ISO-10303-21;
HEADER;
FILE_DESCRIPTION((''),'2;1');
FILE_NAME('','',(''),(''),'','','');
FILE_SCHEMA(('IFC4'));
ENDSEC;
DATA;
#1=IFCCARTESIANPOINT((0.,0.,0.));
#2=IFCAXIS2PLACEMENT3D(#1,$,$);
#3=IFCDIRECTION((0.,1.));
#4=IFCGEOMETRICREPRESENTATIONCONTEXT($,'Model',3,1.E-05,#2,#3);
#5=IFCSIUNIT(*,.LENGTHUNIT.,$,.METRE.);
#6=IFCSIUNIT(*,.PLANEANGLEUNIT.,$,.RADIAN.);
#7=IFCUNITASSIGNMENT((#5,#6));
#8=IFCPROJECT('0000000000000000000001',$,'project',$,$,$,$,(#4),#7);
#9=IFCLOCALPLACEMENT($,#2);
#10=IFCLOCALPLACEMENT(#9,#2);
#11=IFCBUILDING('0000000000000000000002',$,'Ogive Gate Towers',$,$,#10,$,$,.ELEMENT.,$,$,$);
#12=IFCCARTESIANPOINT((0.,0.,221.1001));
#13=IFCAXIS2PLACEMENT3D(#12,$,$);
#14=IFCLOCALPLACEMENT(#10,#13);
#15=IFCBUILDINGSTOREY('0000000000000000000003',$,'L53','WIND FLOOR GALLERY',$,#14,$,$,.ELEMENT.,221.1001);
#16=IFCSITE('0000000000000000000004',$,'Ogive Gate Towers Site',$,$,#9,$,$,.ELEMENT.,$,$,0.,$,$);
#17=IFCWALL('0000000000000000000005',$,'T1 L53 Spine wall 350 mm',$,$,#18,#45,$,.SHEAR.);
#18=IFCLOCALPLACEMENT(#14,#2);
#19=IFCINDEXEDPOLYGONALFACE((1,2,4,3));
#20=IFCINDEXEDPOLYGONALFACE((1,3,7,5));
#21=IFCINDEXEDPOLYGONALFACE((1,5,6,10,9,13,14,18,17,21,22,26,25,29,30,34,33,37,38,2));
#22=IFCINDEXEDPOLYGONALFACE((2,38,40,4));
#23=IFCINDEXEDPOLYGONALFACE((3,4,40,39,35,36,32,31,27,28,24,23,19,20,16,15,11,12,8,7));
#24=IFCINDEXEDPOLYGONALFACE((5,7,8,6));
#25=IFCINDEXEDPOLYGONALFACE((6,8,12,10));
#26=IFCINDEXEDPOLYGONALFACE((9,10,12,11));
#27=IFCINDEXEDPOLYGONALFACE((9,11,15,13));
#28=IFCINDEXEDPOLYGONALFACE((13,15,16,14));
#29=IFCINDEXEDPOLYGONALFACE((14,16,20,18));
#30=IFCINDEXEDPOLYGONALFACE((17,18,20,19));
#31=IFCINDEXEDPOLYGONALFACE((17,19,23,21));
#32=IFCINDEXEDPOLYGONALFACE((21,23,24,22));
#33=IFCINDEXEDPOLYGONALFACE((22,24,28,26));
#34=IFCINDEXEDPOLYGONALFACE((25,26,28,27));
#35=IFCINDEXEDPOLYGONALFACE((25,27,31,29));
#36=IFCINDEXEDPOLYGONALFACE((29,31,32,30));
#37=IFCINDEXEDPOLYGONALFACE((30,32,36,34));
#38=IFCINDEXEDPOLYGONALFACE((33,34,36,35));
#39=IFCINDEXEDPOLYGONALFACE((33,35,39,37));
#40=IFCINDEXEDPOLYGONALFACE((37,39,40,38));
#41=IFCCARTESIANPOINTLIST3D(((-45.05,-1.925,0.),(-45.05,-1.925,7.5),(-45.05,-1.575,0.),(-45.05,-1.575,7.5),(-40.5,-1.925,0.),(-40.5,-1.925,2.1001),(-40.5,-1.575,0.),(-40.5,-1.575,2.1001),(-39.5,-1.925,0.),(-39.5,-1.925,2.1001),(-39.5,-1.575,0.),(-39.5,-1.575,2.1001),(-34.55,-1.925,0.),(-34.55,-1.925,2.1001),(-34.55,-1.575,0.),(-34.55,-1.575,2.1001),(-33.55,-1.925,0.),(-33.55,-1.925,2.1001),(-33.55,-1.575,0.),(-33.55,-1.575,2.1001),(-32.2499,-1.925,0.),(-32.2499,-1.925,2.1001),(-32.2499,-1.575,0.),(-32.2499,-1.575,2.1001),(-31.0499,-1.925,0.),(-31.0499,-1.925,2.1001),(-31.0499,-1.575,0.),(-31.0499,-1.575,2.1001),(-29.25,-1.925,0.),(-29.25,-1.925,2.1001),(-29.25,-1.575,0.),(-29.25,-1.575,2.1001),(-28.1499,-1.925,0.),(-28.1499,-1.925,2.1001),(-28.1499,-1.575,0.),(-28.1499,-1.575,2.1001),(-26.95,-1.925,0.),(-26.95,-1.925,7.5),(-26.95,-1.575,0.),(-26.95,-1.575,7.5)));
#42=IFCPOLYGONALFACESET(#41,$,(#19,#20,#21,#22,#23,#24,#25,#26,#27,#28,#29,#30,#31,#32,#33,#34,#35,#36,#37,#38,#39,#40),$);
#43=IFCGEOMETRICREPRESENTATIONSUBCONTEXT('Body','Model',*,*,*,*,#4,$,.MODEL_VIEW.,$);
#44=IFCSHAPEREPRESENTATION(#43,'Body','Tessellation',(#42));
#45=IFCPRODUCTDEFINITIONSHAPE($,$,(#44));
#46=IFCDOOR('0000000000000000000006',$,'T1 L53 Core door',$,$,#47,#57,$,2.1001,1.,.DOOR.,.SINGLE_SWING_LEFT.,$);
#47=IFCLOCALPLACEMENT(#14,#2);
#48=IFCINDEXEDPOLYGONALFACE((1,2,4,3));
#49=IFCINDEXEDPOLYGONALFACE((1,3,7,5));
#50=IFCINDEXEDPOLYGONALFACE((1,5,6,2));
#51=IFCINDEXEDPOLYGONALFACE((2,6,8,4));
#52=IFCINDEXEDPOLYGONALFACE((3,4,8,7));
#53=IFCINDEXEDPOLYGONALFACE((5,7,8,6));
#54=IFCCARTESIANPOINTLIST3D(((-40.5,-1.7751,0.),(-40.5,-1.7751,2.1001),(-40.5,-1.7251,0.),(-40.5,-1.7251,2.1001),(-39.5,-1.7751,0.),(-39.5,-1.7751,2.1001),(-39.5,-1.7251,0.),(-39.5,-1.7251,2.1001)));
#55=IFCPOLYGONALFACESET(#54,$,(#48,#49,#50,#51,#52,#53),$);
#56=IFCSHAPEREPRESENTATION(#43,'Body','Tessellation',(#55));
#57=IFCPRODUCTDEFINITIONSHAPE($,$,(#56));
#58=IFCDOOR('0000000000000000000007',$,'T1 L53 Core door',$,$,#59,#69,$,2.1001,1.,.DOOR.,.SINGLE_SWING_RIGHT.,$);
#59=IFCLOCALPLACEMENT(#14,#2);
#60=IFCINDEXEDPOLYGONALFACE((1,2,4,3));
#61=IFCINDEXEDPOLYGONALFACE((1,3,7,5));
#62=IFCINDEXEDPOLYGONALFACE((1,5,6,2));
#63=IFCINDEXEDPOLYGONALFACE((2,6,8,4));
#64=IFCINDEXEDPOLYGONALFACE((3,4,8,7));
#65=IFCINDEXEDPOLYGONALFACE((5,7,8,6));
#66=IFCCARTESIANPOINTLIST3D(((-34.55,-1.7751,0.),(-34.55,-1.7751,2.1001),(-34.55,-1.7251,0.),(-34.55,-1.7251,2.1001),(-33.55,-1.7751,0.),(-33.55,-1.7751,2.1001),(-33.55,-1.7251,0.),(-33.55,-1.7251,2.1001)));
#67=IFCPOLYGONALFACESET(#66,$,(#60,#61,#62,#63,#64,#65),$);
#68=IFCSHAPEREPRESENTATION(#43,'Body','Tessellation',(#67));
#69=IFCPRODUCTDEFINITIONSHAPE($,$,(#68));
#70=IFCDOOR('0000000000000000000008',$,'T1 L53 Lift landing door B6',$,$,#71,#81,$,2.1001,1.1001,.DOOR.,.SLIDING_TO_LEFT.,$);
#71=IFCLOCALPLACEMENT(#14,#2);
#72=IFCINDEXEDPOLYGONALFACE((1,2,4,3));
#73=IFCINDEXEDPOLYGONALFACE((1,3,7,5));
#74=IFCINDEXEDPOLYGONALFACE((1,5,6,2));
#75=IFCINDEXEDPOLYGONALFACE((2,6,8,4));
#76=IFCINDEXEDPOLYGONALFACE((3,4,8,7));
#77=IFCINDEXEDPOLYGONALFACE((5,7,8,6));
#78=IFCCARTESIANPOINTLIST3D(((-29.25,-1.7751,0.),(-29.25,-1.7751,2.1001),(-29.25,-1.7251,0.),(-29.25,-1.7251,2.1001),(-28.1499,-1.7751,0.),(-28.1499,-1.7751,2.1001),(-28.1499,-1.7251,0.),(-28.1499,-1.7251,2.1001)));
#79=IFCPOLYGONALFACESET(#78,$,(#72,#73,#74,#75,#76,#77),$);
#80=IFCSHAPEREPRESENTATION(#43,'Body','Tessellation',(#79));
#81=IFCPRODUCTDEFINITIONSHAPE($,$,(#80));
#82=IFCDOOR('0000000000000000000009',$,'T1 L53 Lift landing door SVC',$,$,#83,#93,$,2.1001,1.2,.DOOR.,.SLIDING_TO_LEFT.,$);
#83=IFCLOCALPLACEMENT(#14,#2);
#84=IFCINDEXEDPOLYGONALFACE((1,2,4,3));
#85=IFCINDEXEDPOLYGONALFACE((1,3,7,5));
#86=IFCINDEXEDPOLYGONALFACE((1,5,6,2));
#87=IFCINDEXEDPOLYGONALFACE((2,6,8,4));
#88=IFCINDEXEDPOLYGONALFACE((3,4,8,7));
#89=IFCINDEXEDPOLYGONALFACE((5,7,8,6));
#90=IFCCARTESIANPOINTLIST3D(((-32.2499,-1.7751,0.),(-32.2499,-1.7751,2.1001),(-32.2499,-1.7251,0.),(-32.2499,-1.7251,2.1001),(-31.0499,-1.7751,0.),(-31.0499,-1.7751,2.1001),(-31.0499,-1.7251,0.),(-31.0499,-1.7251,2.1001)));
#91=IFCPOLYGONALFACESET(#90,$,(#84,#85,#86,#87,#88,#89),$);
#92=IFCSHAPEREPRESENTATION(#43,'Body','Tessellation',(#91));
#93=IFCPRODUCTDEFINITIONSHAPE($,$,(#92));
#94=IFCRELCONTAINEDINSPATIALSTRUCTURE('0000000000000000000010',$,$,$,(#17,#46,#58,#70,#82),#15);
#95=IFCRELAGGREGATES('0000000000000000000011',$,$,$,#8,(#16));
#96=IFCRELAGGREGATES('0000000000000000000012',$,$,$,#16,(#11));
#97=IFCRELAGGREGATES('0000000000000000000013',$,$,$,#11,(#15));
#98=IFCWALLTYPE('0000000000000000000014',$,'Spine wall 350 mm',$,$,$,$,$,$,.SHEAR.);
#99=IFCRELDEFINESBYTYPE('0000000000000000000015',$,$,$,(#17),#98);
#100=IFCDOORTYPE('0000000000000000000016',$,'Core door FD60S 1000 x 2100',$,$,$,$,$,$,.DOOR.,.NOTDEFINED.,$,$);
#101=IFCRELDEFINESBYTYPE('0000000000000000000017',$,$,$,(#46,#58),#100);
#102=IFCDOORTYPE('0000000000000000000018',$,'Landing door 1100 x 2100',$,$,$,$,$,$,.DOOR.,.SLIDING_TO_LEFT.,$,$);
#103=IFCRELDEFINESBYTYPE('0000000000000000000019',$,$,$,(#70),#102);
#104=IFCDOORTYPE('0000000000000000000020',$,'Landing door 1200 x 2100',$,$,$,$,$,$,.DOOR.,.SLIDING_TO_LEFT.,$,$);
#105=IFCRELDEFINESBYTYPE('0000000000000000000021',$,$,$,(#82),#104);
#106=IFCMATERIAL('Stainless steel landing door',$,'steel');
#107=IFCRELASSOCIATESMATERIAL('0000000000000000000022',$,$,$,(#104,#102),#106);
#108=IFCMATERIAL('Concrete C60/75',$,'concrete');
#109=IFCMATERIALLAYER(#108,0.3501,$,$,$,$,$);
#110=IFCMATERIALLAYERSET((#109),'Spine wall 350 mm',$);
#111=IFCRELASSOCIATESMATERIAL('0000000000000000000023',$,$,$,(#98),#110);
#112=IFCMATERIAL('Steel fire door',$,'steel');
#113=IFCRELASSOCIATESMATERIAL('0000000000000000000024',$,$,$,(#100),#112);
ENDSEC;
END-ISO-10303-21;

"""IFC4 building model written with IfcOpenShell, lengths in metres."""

from ifc_helpers import new_model, si_unit, direction, frame, frame_2d, origin, place, context, subcontext, project, spatial, rectangle, extrude, material, layer, layer_set, type_object, element, fill, save


model = new_model("IFC4")

# Units and contexts
model_context = context("Model", 3, precision=1e-05, world=origin(), true_north=direction((0.0, 1.0)))
body_context = subcontext(model_context, "Body", "Model", "MODEL_VIEW")
ifc_project = project(units=[si_unit("LENGTHUNIT", "METRE"), si_unit("PLANEANGLEUNIT", "RADIAN")], contexts=[model_context])

# Site, building, storey
site_placement = place(None, origin())
site = spatial("IfcSite", under=ifc_project, at=site_placement, Name="Ogive Gate Towers Site", CompositionType="ELEMENT", RefElevation=0.0)
building_placement = place(site_placement, origin())
building = spatial("IfcBuilding", under=site, at=building_placement, Name="Ogive Gate Towers", CompositionType="ELEMENT")
storey_placement = place(building_placement, frame((0.0, 0.0, 221.1001)))
storey = spatial("IfcBuildingStorey", under=building, at=storey_placement, Name="L53", Description="WIND FLOOR GALLERY", CompositionType="ELEMENT", Elevation=221.1001)

# Shared definitions
ifc_material_1 = material(Name="Concrete C60/75", Category="concrete")

# Shared definitions
ifc_material_2 = material(Name="Stainless steel landing door", Category="steel")
door_type_1 = type_object("IfcDoorType", Name="Landing door 1200 x 2100", OperationType="SLIDING_TO_LEFT", PredefinedType="DOOR", material=ifc_material_2)

# Wall, openings, doors
ifc_layer_1 = layer(ifc_material_1, 0.3501)
ifc_layer_set_1 = layer_set([ifc_layer_1], Name="Spine wall 350 mm")
wall_type_1 = type_object("IfcWallType", Name="Spine wall 350 mm", PredefinedType="SHEAR", material=ifc_layer_set_1)
wall_1_placement = place(storey_placement, frame((-45.05, -1.75, 0.0), z_axis=(0.0, 0.0, 1.0), x_axis=(1.0, 0.0, 0.0)))
wall_1 = element("IfcWall", 1, at=wall_1_placement, inside=storey, type_object=wall_type_1, Name="T1 L53 Spine wall 350 mm", PredefinedType="SHEAR", context=body_context, shape_type="SweptSolid", body=[
    extrude(rectangle(XDim=18.1001, YDim=0.3501, at=frame_2d((9.05, 0.0))), origin(), (0.0, 0.0, 1.0), 7.5),
])
opening_1_placement = place(wall_1_placement, frame((12.8, 0.0, 0.0)))
opening_1 = element("IfcOpeningElement", 2, at=opening_1_placement, cuts=wall_1, PredefinedType="OPENING", context=body_context, shape_type="SweptSolid", body=[
    extrude(rectangle(XDim=1.2, YDim=2.1001, at=frame_2d((0.6001, 1.05))), frame((0.0, 0.1851, 0.0), z_axis=(0.0, -1.0, 0.0), x_axis=(1.0, 0.0, 0.0)), (0.0, 0.0, 1.0), 0.3701),
])
opening_2_placement = place(wall_1_placement, frame((15.8, 0.0, 0.0)))
opening_2 = element("IfcOpeningElement", 3, at=opening_2_placement, cuts=wall_1, PredefinedType="OPENING", context=body_context, shape_type="SweptSolid", body=[
    extrude(rectangle(XDim=1.1001, YDim=2.1001, at=frame_2d((0.55, 1.05))), frame((0.0, 0.1851, 0.0), z_axis=(0.0, -1.0, 0.0), x_axis=(1.0, 0.0, 0.0)), (0.0, 0.0, 1.0), 0.3701),
])
opening_3_placement = place(wall_1_placement, frame((4.55, 0.0, 0.0)))
opening_3 = element("IfcOpeningElement", 4, at=opening_3_placement, cuts=wall_1, PredefinedType="OPENING", context=body_context, shape_type="SweptSolid", body=[
    extrude(rectangle(XDim=1.0, YDim=2.1001, at=frame_2d((0.5, 1.05))), frame((0.0, 0.1851, 0.0), z_axis=(0.0, -1.0, 0.0), x_axis=(1.0, 0.0, 0.0)), (0.0, 0.0, 1.0), 0.3701),
])
opening_4_placement = place(wall_1_placement, frame((10.5, 0.0, 0.0)))
opening_4 = element("IfcOpeningElement", 5, at=opening_4_placement, cuts=wall_1, PredefinedType="OPENING", context=body_context, shape_type="SweptSolid", body=[
    extrude(rectangle(XDim=1.0, YDim=2.1001, at=frame_2d((0.5, 1.05))), frame((0.0, 0.1851, 0.0), z_axis=(0.0, -1.0, 0.0), x_axis=(1.0, 0.0, 0.0)), (0.0, 0.0, 1.0), 0.3701),
])
ifc_material_3 = material(Name="Steel fire door", Category="steel")
door_type_2 = type_object("IfcDoorType", Name="Core door FD60S 1000 x 2100", OperationType="NOTDEFINED", PredefinedType="DOOR", material=ifc_material_3)
door_1_placement = place(opening_3_placement, origin())
door_1 = element("IfcDoor", 6, at=door_1_placement, inside=storey, type_object=door_type_2, Name="T1 L53 Core door", OperationType="SINGLE_SWING_LEFT", OverallHeight=2.1001, OverallWidth=1.0, PredefinedType="DOOR", context=body_context, shape_type="SweptSolid", body=[
    extrude(rectangle(XDim=1.0, YDim=2.1001, at=frame_2d((0.5, 1.05))), frame((0.0, 0.0249, 0.0), z_axis=(0.0, -1.0, 0.0), x_axis=(1.0, 0.0, 0.0)), (0.0, 0.0, 1.0), 0.05),
])
fill(opening_3, door_1)
door_2_placement = place(opening_4_placement, origin())
door_2 = element("IfcDoor", 7, at=door_2_placement, inside=storey, type_object=door_type_2, Name="T1 L53 Core door", OperationType="SINGLE_SWING_RIGHT", OverallHeight=2.1001, OverallWidth=1.0, PredefinedType="DOOR", context=body_context, shape_type="SweptSolid", body=[
    extrude(rectangle(XDim=1.0, YDim=2.1001, at=frame_2d((0.5, 1.05))), frame((0.0, 0.0249, 0.0), z_axis=(0.0, -1.0, 0.0), x_axis=(1.0, 0.0, 0.0)), (0.0, 0.0, 1.0), 0.05),
])
fill(opening_4, door_2)
door_type_3 = type_object("IfcDoorType", Name="Landing door 1100 x 2100", OperationType="SLIDING_TO_LEFT", PredefinedType="DOOR", material=ifc_material_2)
door_3_placement = place(opening_2_placement, origin())
door_3 = element("IfcDoor", 8, at=door_3_placement, inside=storey, type_object=door_type_3, Name="T1 L53 Lift landing door B6", OperationType="SLIDING_TO_LEFT", OverallHeight=2.1001, OverallWidth=1.1001, PredefinedType="DOOR", context=body_context, shape_type="SweptSolid", body=[
    extrude(rectangle(XDim=1.1001, YDim=2.1001, at=frame_2d((0.55, 1.05))), frame((0.0, 0.0249, 0.0), z_axis=(0.0, -1.0, 0.0), x_axis=(1.0, 0.0, 0.0)), (0.0, 0.0, 1.0), 0.05),
])
fill(opening_2, door_3)
door_4_placement = place(opening_1_placement, origin())
door_4 = element("IfcDoor", 9, at=door_4_placement, inside=storey, type_object=door_type_1, Name="T1 L53 Lift landing door SVC", OperationType="SLIDING_TO_LEFT", OverallHeight=2.1001, OverallWidth=1.2, PredefinedType="DOOR", context=body_context, shape_type="SweptSolid", body=[
    extrude(rectangle(XDim=1.2, YDim=2.1001, at=frame_2d((0.6001, 1.05))), frame((0.0, 0.0249, 0.0), z_axis=(0.0, -1.0, 0.0), x_axis=(1.0, 0.0, 0.0)), (0.0, 0.0, 1.0), 0.05),
])
fill(opening_1, door_4)

save(model, "model.ifc")
